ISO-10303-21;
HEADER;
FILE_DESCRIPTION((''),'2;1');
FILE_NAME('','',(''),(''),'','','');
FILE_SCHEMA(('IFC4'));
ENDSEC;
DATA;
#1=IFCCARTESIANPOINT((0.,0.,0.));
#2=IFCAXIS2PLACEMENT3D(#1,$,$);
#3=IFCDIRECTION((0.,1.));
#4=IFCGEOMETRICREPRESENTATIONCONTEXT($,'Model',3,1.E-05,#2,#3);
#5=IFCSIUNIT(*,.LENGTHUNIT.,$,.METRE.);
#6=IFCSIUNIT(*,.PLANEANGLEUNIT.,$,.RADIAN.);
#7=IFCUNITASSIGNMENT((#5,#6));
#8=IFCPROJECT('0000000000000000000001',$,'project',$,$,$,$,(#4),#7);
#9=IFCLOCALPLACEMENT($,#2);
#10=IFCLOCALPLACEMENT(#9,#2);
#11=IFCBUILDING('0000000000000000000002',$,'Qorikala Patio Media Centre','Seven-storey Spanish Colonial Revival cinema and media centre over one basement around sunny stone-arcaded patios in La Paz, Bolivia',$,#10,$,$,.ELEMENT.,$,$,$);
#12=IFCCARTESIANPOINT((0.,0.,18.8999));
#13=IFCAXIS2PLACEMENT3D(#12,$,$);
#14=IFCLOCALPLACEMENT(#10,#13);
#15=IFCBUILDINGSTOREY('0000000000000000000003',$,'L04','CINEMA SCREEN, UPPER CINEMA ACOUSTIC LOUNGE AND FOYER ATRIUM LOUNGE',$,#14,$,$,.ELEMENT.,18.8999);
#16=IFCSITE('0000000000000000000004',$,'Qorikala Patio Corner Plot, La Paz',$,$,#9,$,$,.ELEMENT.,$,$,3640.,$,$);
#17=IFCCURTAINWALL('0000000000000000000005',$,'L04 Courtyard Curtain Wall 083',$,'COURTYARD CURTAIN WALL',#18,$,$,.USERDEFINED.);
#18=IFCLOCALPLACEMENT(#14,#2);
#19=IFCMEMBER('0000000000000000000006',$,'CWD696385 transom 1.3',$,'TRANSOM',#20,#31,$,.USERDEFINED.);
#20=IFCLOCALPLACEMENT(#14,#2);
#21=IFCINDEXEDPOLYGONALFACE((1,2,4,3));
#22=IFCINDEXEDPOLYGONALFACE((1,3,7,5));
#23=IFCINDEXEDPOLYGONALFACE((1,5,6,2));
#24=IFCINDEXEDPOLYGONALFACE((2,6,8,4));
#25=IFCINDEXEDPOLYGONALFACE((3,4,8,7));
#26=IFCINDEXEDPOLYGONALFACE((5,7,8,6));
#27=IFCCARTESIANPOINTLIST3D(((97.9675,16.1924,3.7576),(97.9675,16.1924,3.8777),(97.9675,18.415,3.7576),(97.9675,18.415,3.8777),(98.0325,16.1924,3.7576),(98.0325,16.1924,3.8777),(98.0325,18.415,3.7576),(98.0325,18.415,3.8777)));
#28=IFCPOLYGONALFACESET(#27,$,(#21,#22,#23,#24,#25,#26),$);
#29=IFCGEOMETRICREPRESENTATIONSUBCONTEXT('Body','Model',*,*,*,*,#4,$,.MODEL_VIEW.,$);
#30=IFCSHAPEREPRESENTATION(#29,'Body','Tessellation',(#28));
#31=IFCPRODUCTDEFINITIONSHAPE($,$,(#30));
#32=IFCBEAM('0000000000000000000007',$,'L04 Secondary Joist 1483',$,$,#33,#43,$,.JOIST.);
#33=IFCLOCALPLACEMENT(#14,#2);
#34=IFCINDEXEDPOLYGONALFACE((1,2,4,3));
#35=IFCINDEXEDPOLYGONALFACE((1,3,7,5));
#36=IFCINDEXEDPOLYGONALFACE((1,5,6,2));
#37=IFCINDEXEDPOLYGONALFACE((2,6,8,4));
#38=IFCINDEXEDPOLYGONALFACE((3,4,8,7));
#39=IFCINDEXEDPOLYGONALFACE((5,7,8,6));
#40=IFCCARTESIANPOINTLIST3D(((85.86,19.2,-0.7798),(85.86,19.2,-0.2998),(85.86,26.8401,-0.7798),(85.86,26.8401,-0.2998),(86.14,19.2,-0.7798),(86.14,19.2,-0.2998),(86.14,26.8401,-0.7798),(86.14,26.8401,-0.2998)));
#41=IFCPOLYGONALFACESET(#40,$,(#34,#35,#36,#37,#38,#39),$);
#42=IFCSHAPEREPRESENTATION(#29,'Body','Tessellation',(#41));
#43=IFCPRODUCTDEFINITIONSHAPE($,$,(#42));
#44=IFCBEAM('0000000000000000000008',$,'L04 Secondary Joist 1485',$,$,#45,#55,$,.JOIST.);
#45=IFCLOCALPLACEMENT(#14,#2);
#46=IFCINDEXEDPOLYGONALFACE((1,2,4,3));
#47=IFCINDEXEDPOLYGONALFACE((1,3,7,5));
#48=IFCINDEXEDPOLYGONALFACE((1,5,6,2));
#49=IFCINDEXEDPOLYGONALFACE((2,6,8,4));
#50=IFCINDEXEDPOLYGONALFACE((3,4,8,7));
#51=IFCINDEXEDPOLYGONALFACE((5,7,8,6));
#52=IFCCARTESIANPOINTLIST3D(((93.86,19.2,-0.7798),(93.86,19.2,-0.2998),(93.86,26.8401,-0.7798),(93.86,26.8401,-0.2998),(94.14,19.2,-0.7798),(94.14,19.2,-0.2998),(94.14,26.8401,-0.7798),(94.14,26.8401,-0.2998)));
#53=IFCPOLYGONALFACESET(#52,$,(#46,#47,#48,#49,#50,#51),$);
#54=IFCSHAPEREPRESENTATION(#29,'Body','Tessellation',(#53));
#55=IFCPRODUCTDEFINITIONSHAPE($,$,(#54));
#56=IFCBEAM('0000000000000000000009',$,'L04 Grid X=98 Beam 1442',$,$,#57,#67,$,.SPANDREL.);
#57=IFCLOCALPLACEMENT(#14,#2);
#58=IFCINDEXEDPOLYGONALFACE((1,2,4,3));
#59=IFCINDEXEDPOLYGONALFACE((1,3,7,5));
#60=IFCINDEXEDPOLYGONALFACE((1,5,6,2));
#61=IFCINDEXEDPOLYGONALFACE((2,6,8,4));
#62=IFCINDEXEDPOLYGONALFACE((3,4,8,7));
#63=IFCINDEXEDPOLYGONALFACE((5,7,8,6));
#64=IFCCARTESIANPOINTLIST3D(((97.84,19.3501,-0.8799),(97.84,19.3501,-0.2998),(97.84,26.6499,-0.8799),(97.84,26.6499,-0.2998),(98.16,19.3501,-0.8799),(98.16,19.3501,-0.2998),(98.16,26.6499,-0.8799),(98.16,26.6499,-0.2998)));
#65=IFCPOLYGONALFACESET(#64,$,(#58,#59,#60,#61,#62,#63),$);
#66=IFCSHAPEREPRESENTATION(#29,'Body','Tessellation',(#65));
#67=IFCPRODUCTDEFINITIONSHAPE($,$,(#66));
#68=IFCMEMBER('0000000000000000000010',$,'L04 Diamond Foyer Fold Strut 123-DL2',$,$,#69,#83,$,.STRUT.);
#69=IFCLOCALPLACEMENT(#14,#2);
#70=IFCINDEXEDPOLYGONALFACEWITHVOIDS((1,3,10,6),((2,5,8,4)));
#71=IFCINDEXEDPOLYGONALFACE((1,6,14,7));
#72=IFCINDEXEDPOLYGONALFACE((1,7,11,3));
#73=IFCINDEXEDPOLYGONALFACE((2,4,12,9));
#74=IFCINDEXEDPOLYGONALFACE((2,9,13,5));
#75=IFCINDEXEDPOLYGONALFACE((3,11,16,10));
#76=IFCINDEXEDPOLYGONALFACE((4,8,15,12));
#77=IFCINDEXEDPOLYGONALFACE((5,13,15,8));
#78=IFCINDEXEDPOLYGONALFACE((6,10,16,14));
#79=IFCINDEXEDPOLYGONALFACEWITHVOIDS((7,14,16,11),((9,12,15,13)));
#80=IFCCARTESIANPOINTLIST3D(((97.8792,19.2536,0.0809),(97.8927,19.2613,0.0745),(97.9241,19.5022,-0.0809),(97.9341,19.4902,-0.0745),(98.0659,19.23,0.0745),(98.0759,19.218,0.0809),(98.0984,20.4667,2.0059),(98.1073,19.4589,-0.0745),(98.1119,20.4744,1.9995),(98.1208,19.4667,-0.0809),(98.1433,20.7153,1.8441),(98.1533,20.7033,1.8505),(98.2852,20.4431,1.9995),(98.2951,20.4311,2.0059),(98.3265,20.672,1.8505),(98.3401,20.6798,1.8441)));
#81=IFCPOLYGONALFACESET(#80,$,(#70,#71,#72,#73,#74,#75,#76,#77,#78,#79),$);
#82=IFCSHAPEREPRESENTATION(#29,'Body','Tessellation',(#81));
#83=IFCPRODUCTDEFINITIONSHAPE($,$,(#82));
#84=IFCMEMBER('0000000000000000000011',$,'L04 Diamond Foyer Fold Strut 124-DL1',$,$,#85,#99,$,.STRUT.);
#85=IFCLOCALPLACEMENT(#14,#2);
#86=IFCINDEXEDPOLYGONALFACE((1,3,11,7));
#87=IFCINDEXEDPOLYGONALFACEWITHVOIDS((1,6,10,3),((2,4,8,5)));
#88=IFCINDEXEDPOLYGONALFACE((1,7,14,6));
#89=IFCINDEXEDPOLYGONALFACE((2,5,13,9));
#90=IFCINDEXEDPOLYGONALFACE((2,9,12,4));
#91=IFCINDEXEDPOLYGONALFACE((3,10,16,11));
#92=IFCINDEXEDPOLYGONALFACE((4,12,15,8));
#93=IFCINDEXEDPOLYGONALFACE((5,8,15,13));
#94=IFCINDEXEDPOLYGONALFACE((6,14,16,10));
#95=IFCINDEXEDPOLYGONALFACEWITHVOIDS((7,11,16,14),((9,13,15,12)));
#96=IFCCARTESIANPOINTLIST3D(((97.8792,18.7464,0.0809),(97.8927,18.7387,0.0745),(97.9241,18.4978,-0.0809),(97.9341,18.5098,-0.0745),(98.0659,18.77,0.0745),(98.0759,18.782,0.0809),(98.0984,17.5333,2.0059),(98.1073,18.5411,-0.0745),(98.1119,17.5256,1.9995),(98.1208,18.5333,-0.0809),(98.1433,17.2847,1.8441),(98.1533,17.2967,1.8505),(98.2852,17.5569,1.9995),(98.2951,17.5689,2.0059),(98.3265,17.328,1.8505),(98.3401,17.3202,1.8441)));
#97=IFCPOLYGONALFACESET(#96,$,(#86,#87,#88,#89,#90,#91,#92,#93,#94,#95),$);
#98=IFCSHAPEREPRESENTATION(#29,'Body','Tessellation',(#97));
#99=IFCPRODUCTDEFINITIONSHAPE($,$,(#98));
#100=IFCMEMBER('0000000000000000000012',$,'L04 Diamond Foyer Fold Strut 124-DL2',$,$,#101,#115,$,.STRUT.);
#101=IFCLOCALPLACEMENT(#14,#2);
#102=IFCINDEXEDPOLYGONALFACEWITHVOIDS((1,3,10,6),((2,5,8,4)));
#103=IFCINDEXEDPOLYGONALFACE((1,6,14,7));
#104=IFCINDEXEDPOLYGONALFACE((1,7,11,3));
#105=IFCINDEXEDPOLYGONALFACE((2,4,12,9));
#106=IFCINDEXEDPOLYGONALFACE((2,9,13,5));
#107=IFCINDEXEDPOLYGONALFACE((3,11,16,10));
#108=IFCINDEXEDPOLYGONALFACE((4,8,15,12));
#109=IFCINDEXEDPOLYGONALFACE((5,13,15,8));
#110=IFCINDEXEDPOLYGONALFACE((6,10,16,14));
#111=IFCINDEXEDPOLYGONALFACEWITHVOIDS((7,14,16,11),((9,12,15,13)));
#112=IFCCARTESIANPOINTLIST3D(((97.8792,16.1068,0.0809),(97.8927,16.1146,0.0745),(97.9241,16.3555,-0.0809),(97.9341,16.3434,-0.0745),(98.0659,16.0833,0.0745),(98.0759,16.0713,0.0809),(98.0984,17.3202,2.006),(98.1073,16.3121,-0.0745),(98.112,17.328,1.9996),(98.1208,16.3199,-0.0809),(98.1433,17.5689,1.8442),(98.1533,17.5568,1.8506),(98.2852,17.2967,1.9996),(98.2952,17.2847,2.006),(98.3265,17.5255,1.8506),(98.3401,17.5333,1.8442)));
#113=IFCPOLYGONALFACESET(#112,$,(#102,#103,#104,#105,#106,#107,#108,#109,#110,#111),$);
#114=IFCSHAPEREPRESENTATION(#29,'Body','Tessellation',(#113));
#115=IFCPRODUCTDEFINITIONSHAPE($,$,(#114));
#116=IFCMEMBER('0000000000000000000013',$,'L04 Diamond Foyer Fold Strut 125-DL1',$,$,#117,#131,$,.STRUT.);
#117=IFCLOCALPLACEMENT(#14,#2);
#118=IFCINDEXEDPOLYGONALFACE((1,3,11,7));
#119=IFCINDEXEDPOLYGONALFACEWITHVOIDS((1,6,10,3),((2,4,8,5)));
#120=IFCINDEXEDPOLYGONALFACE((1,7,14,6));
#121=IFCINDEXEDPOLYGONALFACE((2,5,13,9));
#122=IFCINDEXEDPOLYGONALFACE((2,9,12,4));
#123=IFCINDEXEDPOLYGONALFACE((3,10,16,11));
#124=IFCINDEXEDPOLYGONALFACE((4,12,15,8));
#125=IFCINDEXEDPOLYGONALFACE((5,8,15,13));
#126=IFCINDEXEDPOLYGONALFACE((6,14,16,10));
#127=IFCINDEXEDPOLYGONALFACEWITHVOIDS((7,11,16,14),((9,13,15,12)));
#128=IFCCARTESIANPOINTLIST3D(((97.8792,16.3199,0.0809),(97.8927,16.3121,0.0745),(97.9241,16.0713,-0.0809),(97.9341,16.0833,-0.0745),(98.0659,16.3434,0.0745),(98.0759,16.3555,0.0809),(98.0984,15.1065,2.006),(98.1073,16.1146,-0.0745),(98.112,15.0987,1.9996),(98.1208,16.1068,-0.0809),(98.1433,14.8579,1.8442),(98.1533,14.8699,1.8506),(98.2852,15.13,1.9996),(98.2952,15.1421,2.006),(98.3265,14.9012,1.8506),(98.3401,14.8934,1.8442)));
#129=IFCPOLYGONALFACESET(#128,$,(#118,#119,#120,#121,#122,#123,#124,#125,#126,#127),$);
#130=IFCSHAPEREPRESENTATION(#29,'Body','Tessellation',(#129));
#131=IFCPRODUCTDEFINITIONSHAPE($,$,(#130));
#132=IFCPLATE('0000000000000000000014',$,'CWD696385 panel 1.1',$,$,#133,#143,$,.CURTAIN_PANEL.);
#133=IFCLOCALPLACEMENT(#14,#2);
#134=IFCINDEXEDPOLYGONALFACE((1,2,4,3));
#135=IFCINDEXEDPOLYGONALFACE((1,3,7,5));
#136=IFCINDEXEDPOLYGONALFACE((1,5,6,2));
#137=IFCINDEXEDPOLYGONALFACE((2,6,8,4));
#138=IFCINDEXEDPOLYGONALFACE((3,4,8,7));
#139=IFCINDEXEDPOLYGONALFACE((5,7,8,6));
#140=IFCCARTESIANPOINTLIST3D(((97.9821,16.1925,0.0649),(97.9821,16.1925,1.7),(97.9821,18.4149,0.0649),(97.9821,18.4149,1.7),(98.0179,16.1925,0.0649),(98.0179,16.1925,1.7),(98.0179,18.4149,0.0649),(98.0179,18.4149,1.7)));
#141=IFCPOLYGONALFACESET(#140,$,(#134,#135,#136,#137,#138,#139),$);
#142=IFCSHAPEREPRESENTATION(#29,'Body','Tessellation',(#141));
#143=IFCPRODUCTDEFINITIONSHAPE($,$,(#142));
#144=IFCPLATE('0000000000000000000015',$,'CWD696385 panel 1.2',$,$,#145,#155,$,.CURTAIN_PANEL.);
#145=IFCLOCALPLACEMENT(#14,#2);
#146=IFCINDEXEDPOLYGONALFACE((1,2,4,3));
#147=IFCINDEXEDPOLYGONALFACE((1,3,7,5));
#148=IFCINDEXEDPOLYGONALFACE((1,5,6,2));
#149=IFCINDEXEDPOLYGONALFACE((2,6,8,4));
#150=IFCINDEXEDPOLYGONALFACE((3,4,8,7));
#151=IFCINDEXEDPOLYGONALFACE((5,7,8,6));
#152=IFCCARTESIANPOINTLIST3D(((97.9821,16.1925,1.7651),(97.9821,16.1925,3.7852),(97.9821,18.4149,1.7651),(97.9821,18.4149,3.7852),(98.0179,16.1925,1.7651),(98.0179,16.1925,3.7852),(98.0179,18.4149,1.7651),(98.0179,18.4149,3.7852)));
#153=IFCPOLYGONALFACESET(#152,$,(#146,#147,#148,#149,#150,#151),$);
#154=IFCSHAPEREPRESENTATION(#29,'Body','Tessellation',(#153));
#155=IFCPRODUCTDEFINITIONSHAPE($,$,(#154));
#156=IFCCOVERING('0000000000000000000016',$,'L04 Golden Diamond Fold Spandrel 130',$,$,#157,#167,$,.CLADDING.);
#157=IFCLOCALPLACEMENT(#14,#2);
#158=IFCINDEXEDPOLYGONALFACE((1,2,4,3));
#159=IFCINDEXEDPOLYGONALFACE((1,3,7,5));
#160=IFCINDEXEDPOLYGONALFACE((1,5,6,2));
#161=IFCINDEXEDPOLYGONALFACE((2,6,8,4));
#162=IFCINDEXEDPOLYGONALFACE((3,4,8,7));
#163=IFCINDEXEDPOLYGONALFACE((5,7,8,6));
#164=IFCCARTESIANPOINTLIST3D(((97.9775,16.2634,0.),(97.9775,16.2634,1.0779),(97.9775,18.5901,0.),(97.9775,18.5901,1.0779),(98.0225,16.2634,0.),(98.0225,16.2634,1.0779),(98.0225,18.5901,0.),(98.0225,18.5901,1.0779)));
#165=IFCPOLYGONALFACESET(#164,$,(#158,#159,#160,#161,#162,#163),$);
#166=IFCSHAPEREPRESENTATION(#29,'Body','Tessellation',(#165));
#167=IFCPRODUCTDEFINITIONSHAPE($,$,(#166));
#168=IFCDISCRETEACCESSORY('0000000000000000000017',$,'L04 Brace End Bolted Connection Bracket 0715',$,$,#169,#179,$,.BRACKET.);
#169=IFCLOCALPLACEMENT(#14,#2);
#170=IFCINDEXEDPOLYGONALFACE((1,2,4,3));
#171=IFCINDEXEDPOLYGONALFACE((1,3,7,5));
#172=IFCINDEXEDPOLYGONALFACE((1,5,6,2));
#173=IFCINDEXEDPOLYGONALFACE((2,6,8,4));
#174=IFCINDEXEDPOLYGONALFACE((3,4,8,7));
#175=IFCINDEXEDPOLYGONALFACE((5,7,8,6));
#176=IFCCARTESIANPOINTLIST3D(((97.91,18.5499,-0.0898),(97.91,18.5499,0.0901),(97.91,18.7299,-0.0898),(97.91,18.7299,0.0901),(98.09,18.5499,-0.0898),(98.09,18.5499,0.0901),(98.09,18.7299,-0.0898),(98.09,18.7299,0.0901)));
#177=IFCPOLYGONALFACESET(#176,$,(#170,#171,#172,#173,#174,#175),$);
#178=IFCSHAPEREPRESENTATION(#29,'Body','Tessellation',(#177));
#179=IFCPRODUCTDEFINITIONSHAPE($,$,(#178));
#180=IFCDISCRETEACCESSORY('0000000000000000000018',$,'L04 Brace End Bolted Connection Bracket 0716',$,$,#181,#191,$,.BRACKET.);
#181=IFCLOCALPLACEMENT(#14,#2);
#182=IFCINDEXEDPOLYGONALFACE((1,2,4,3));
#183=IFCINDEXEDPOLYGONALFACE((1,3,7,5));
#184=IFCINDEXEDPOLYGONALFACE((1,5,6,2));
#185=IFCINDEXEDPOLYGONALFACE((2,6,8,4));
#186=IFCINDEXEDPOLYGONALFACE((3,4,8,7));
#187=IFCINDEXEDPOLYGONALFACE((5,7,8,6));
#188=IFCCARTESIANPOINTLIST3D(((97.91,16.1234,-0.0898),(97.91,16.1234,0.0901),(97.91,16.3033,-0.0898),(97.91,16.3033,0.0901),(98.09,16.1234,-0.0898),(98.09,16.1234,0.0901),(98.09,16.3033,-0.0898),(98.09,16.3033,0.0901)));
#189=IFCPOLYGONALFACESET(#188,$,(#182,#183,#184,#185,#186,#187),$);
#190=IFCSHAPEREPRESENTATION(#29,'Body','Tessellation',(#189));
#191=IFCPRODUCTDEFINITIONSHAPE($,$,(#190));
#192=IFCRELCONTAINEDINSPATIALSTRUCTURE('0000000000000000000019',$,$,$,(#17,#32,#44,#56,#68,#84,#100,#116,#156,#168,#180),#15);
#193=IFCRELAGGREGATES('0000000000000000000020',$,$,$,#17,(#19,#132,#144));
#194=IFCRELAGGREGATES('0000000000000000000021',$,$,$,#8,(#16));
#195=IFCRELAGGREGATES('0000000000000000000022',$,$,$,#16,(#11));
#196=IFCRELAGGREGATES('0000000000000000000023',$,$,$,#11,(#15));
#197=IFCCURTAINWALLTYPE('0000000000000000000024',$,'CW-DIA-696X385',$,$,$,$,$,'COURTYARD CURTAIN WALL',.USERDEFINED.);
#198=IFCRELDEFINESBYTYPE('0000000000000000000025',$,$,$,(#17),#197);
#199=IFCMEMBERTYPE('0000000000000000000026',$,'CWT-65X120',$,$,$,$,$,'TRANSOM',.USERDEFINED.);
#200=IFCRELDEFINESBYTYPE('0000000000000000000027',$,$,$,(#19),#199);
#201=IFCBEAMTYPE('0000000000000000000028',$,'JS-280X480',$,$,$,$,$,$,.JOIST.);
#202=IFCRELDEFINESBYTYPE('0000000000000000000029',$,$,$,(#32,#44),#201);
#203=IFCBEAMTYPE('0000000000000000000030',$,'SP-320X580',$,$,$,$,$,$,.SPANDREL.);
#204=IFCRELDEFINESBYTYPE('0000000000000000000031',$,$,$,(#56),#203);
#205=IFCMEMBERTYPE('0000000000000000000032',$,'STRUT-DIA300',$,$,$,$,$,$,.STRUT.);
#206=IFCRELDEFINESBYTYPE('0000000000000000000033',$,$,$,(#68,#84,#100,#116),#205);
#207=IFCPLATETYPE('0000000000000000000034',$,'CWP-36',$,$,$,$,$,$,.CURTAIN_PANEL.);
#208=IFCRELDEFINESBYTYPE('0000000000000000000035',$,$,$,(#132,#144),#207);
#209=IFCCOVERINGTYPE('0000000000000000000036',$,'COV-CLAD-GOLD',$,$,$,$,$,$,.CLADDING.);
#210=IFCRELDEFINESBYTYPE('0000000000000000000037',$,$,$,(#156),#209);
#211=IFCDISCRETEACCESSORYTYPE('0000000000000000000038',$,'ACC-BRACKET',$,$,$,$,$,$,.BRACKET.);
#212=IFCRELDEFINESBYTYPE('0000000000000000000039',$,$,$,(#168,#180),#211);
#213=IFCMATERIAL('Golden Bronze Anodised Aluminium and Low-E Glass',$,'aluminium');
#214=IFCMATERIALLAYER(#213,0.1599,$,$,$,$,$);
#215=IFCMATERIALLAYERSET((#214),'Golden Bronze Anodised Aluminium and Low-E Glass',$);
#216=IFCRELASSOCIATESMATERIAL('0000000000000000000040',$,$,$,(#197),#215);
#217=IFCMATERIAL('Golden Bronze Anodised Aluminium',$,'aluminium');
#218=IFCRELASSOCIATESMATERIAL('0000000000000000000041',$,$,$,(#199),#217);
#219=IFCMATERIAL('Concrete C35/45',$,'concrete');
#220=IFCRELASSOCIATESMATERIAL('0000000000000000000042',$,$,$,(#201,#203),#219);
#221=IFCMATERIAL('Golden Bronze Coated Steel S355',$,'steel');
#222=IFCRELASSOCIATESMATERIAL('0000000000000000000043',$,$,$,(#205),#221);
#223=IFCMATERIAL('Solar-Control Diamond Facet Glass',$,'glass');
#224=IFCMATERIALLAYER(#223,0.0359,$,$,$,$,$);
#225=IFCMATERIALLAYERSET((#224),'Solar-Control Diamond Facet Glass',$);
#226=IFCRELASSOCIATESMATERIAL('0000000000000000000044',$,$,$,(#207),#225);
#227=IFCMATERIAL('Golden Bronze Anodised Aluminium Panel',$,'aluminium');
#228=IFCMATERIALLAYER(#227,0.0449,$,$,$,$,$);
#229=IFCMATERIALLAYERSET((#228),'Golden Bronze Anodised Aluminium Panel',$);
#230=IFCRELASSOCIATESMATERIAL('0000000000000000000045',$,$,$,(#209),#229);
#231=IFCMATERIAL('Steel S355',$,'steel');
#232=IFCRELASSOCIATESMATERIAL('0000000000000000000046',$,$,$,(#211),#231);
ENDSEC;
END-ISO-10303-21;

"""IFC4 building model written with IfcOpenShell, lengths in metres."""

from ifc_helpers import new_model, si_unit, direction, frame, origin, origin_2d, place, context, subcontext, project, spatial, rectangle, hollow_rectangle, extrude, material, layer, layer_set, material_profile, profile_set, type_object, element, aggregate, save


model = new_model("IFC4")

# Units and contexts
model_context = context("Model", 3, precision=1e-05, world=origin(), true_north=direction((0.0, 1.0)))
body_context = subcontext(model_context, "Body", "Model", "MODEL_VIEW")
ifc_project = project(units=[si_unit("LENGTHUNIT", "METRE"), si_unit("PLANEANGLEUNIT", "RADIAN")], contexts=[model_context])

# Site, building, storey
site_placement = place(None, origin())
site = spatial("IfcSite", under=ifc_project, at=site_placement, Name="Qorikala Patio Corner Plot, La Paz", CompositionType="ELEMENT", RefElevation=3640.0)
building_placement = place(site_placement, origin())
building = spatial("IfcBuilding", under=site, at=building_placement, Name="Qorikala Patio Media Centre", Description="Seven-storey Spanish Colonial Revival cinema and media centre over one basement around sunny stone-arcaded patios in La Paz, Bolivia", CompositionType="ELEMENT")
storey_placement = place(building_placement, frame((0.0, 0.0, 18.8999)))
storey = spatial("IfcBuildingStorey", under=building, at=storey_placement, Name="L04", Description="CINEMA SCREEN, UPPER CINEMA ACOUSTIC LOUNGE AND FOYER ATRIUM LOUNGE", CompositionType="ELEMENT", Elevation=18.8999)

# Shared definitions
ifc_material_1 = material(Name="Concrete C35/45", Category="concrete")

# Shared definitions
ifc_material_2 = material(Name="Golden Bronze Coated Steel S355", Category="steel")

# Curtain wall, member
ifc_material_3 = material(Name="Golden Bronze Anodised Aluminium and Low-E Glass", Category="aluminium")
ifc_layer_1 = layer(ifc_material_3, 0.1599)
ifc_layer_set_1 = layer_set([ifc_layer_1], Name="Golden Bronze Anodised Aluminium and Low-E Glass")
curtain_wall_type = type_object("IfcCurtainWallType", Name="CW-DIA-696X385", ElementType="COURTYARD CURTAIN WALL", PredefinedType="USERDEFINED", material=ifc_layer_set_1)
curtain_wall_placement = place(storey_placement, origin())
curtain_wall = element("IfcCurtainWall", 1, at=curtain_wall_placement, inside=storey, type_object=curtain_wall_type, Name="L04 Courtyard Curtain Wall 083", ObjectType="COURTYARD CURTAIN WALL", PredefinedType="USERDEFINED")
ifc_material_4 = material(Name="Golden Bronze Anodised Aluminium", Category="aluminium")
ifc_material_profile_1 = material_profile(ifc_material_4, rectangle(XDim=0.0649, YDim=0.1201, at=origin_2d()), Name="ALU TRANSOM 65x120")
ifc_profile_set_1 = profile_set([ifc_material_profile_1], Name="Golden Bronze Anodised Aluminium")
member_type_1 = type_object("IfcMemberType", Name="CWT-65X120", ElementType="TRANSOM", PredefinedType="USERDEFINED", material=ifc_profile_set_1)
member_1_placement = place(storey_placement, frame((98.0, 18.415, 3.8176), z_axis=(0.0, -1.0, 0.0), x_axis=(1.0, 0.0, 0.0)))
member_1 = element("IfcMember", 2, at=member_1_placement, type_object=member_type_1, Name="CWD696385 transom 1.3", ObjectType="TRANSOM", PredefinedType="USERDEFINED", context=body_context, shape_type="SweptSolid", body=[
    extrude(rectangle(XDim=0.0649, YDim=0.1201, at=origin_2d()), origin(), (0.0, 0.0, 1.0), 2.2227),
])

# Beams
ifc_material_profile_2 = material_profile(ifc_material_1, rectangle(XDim=0.28, YDim=0.48, at=origin_2d()), Name="RC 280x480")
ifc_profile_set_2 = profile_set([ifc_material_profile_2], Name="Concrete C35/45")
beam_type_1 = type_object("IfcBeamType", Name="JS-280X480", PredefinedType="JOIST", material=ifc_profile_set_2)
for number, where, z_axis, x_axis, name in (
    (3, (86.0, 19.2, -0.5398), (0.0, 1.0, 0.0), (-1.0, 0.0, 0.0), "L04 Secondary Joist 1483"),
    (4, (94.0, 19.2, -0.5398), (0.0, 1.0, 0.0), (-1.0, 0.0, 0.0), "L04 Secondary Joist 1485"),
):
    element("IfcBeam", number, at=place(storey_placement, frame(where, z_axis=z_axis, x_axis=x_axis)), inside=storey, type_object=beam_type_1, Name=name, PredefinedType="JOIST", context=body_context, shape_type="SweptSolid", body=[
        extrude(rectangle(XDim=0.28, YDim=0.48, at=origin_2d()), origin(), (0.0, 0.0, 1.0), 7.6401),
    ])
ifc_material_profile_3 = material_profile(ifc_material_1, rectangle(XDim=0.3201, YDim=0.5801, at=origin_2d()), Name="RC 320x580")
ifc_profile_set_3 = profile_set([ifc_material_profile_3], Name="Concrete C35/45")
beam_type_2 = type_object("IfcBeamType", Name="SP-320X580", PredefinedType="SPANDREL", material=ifc_profile_set_3)
beam_placement = place(storey_placement, frame((98.0, 19.3501, -0.5898), z_axis=(0.0, 1.0, 0.0), x_axis=(-1.0, 0.0, 0.0)))
element("IfcBeam", 5, at=beam_placement, inside=storey, type_object=beam_type_2, Name="L04 Grid X=98 Beam 1442", PredefinedType="SPANDREL", context=body_context, shape_type="SweptSolid", body=[
    extrude(rectangle(XDim=0.3201, YDim=0.5801, at=origin_2d()), origin(), (0.0, 0.0, 1.0), 7.2998),
])

# Members
ifc_material_profile_4 = material_profile(ifc_material_2, hollow_rectangle(XDim=0.2, YDim=0.3, WallThickness=0.012, at=origin_2d()), Name="HSS300X200X12")
ifc_profile_set_4 = profile_set([ifc_material_profile_4], Name="Golden Bronze Coated Steel S355")
member_type_2 = type_object("IfcMemberType", Name="STRUT-DIA300", PredefinedType="STRUT", material=ifc_profile_set_4)
for number, where, z_axis, x_axis, name in (
    (6, (98.0, 19.3601, 0.0), (0.095907, 0.530691, 0.842121), (-0.984059, 0.17784, 0.0), "L04 Diamond Foyer Fold Strut 123-DL2"),
    (7, (98.0, 18.6399, 0.0), (0.095907, -0.530691, 0.842121), (0.984059, 0.17784, 0.0), "L04 Diamond Foyer Fold Strut 124-DL1"),
):
    element("IfcMember", number, at=place(storey_placement, frame(where, z_axis=z_axis, x_axis=x_axis)), inside=storey, type_object=member_type_2, Name=name, PredefinedType="STRUT", context=body_context, shape_type="SweptSolid", body=[
        extrude(hollow_rectangle(XDim=0.2, YDim=0.3, WallThickness=0.012, at=origin_2d()), origin(), (0.0, 0.0, 1.0), 2.2859),
    ])
for number, where, z_axis, x_axis, name in (
    (8, (98.0, 16.2134, 0.0), (0.095901, 0.530768, 0.842074), (-0.984066, 0.177805, 0.0), "L04 Diamond Foyer Fold Strut 124-DL2"),
    (9, (98.0, 16.2134, 0.0), (0.095901, -0.530768, 0.842074), (0.984066, 0.177805, 0.0), "L04 Diamond Foyer Fold Strut 125-DL1"),
):
    element("IfcMember", number, at=place(storey_placement, frame(where, z_axis=z_axis, x_axis=x_axis)), inside=storey, type_object=member_type_2, Name=name, PredefinedType="STRUT", context=body_context, shape_type="SweptSolid", body=[
        extrude(hollow_rectangle(XDim=0.2, YDim=0.3, WallThickness=0.012, at=origin_2d()), origin(), (0.0, 0.0, 1.0), 2.2861),
    ])

# Plates
ifc_material_5 = material(Name="Solar-Control Diamond Facet Glass", Category="glass")
ifc_layer_2 = layer(ifc_material_5, 0.0359)
ifc_layer_set_2 = layer_set([ifc_layer_2], Name="Solar-Control Diamond Facet Glass")
plate_type = type_object("IfcPlateType", Name="CWP-36", PredefinedType="CURTAIN_PANEL", material=ifc_layer_set_2)
plate_1_placement = place(storey_placement, frame((98.0, 17.3037, 0.0649), z_axis=(0.0, 0.0, 1.0), x_axis=(0.0, -1.0, 0.0)))
plate_1 = element("IfcPlate", 10, at=plate_1_placement, type_object=plate_type, Name="CWD696385 panel 1.1", PredefinedType="CURTAIN_PANEL", context=body_context, shape_type="SweptSolid", body=[
    extrude(rectangle(XDim=2.2224, YDim=0.0359, at=origin_2d()), origin(), (0.0, 0.0, 1.0), 1.635),
])
plate_2_placement = place(storey_placement, frame((98.0, 17.3037, 1.7651), z_axis=(0.0, 0.0, 1.0), x_axis=(0.0, -1.0, 0.0)))
plate_2 = element("IfcPlate", 11, at=plate_2_placement, type_object=plate_type, Name="CWD696385 panel 1.2", PredefinedType="CURTAIN_PANEL", context=body_context, shape_type="SweptSolid", body=[
    extrude(rectangle(XDim=2.2224, YDim=0.0359, at=origin_2d()), origin(), (0.0, 0.0, 1.0), 2.02),
])
aggregate(curtain_wall, [member_1, plate_1, plate_2])

# Covering
ifc_material_6 = material(Name="Golden Bronze Anodised Aluminium Panel", Category="aluminium")
ifc_layer_3 = layer(ifc_material_6, 0.0449)
ifc_layer_set_3 = layer_set([ifc_layer_3], Name="Golden Bronze Anodised Aluminium Panel")
covering_type = type_object("IfcCoveringType", Name="COV-CLAD-GOLD", PredefinedType="CLADDING", material=ifc_layer_set_3)
covering_placement = place(storey_placement, frame((98.0, 17.4268, 0.0), z_axis=(0.0, 0.0, 1.0), x_axis=(0.0, -1.0, 0.0)))
element("IfcCovering", 12, at=covering_placement, inside=storey, type_object=covering_type, Name="L04 Golden Diamond Fold Spandrel 130", PredefinedType="CLADDING", context=body_context, shape_type="SweptSolid", body=[
    extrude(rectangle(XDim=2.3267, YDim=0.0449, at=origin_2d()), origin(), (0.0, 0.0, 1.0), 1.0779),
])

# Discrete accessories
ifc_material_7 = material(Name="Steel S355", Category="steel")
discrete_accessory_type = type_object("IfcDiscreteAccessoryType", Name="ACC-BRACKET", PredefinedType="BRACKET", material=ifc_material_7)
for number, where, z_axis, x_axis, name in (
    (13, (98.0, 18.6399, -0.0898), (0.0, 0.0, 1.0), (1.0, 0.0, 0.0), "L04 Brace End Bolted Connection Bracket 0715"),
    (14, (98.0, 16.2134, -0.0898), (0.0, 0.0, 1.0), (1.0, 0.0, 0.0), "L04 Brace End Bolted Connection Bracket 0716"),
):
    element("IfcDiscreteAccessory", number, at=place(storey_placement, frame(where, z_axis=z_axis, x_axis=x_axis)), inside=storey, type_object=discrete_accessory_type, Name=name, PredefinedType="BRACKET", context=body_context, shape_type="SweptSolid", body=[
        extrude(rectangle(XDim=0.1799, YDim=0.1799, at=origin_2d()), origin(), (0.0, 0.0, 1.0), 0.1799),
    ])

save(model, "model.ifc")
